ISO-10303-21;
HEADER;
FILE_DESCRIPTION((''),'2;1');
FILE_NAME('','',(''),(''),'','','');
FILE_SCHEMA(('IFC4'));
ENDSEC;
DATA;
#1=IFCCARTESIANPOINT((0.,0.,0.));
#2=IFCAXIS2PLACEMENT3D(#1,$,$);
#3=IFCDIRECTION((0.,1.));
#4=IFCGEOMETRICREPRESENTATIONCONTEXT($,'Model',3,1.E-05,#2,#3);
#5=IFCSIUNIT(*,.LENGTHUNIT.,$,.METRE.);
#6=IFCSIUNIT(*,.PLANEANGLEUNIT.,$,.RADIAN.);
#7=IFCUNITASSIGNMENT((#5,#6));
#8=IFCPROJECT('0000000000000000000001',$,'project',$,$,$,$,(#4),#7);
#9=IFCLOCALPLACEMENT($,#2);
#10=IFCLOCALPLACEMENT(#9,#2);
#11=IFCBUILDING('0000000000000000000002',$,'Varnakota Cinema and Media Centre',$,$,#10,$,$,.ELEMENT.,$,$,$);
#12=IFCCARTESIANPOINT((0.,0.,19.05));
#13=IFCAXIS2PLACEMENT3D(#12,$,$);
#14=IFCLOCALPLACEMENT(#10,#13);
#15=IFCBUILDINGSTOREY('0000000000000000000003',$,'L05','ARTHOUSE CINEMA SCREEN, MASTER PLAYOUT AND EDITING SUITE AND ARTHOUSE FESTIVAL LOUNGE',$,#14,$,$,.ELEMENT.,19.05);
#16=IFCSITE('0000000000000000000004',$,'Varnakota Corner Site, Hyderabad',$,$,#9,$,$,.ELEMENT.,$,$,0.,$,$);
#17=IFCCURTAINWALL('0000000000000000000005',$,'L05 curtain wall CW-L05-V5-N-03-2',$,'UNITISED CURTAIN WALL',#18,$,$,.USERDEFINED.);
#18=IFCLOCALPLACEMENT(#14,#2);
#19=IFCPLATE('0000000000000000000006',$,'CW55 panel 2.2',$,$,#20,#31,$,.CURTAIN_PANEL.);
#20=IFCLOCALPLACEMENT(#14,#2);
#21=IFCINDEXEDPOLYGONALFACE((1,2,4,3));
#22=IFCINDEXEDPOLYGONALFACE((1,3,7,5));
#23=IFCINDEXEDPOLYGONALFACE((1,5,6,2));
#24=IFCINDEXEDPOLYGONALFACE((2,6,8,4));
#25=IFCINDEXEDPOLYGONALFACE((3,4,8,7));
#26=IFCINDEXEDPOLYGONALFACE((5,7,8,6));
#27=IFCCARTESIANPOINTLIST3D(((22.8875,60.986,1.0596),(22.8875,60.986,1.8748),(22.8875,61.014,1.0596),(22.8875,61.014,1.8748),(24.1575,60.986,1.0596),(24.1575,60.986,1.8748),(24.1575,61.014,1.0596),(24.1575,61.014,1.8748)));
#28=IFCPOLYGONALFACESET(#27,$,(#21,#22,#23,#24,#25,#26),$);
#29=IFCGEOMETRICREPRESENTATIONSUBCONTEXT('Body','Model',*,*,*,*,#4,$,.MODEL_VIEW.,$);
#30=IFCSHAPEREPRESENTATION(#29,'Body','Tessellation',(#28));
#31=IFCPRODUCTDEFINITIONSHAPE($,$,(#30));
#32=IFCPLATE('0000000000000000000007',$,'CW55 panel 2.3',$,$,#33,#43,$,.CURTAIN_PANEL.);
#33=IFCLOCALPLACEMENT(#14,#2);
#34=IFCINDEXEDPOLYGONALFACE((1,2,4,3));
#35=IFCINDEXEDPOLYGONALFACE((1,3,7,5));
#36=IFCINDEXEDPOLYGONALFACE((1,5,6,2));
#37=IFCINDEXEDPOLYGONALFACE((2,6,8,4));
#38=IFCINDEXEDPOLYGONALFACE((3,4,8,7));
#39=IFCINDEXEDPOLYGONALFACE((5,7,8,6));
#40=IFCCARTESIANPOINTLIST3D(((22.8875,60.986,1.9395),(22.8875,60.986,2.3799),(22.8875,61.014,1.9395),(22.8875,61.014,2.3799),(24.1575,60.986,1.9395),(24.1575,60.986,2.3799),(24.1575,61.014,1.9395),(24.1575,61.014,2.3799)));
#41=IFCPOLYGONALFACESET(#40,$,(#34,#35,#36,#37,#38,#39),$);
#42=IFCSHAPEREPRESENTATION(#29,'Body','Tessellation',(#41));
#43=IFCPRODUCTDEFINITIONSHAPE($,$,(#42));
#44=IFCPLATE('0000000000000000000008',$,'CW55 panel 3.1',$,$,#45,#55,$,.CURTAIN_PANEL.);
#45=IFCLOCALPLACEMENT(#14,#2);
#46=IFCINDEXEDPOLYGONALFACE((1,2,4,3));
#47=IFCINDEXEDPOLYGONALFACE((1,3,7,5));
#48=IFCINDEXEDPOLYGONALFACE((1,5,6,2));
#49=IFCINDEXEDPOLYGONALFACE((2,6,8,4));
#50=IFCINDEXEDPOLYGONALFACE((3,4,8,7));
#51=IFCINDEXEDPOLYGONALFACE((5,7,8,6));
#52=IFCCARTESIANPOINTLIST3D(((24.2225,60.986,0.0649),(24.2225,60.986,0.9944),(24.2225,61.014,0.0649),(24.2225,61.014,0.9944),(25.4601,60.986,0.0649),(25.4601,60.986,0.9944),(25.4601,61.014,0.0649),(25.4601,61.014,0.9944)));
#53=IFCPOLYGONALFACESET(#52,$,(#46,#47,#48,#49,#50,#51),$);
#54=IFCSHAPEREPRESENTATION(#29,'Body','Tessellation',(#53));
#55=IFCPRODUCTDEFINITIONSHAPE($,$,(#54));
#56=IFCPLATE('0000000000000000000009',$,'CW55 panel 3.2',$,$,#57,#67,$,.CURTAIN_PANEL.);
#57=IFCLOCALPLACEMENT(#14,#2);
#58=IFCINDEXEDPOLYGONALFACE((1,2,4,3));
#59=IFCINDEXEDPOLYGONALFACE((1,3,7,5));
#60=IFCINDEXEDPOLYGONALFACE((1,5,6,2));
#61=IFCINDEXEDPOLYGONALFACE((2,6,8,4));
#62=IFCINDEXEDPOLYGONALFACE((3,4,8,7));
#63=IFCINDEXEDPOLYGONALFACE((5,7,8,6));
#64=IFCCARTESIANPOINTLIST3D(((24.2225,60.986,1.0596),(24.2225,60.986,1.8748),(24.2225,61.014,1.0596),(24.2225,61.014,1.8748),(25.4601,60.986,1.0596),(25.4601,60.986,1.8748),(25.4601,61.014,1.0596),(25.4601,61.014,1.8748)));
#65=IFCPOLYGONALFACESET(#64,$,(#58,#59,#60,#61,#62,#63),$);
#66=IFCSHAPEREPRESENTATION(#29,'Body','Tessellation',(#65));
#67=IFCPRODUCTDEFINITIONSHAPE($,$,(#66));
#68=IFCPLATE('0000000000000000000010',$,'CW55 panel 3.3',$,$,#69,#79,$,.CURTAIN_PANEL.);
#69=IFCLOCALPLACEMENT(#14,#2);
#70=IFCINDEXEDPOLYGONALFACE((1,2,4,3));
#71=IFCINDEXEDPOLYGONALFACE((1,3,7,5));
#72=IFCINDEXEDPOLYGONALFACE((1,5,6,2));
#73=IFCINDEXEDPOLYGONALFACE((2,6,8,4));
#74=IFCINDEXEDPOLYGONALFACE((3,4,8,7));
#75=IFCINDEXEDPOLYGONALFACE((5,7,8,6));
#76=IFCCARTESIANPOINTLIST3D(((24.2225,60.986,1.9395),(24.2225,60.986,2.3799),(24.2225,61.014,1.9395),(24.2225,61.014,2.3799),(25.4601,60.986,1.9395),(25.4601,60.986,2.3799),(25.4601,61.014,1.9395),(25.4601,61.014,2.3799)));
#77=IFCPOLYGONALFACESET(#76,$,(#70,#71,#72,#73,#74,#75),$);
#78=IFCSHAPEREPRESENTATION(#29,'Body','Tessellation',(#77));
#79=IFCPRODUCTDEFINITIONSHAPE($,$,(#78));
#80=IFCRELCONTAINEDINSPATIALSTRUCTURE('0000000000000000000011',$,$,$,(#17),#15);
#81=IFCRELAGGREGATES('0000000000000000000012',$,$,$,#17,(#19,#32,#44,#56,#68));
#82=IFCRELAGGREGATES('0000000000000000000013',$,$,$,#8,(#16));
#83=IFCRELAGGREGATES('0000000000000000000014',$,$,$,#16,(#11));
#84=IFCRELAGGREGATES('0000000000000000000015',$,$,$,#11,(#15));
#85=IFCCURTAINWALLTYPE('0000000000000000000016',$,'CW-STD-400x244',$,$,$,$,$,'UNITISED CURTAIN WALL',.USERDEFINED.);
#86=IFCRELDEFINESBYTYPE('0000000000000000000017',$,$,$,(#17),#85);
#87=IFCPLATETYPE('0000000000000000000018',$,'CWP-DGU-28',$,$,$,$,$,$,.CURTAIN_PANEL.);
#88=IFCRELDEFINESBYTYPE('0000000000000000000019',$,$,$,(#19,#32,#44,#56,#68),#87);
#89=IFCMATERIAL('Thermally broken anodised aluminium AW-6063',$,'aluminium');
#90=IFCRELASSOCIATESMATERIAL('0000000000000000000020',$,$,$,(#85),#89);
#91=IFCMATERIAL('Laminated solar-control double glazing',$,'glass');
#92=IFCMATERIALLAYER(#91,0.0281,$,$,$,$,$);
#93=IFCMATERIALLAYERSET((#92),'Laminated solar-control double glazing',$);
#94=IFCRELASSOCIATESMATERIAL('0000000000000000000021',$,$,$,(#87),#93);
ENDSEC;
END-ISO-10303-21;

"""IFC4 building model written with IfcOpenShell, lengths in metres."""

from ifc_helpers import new_model, si_unit, direction, frame, origin, origin_2d, place, context, subcontext, project, spatial, rectangle, extrude, material, layer, layer_set, type_object, element, aggregate, save


model = new_model("IFC4")

# Units and contexts
model_context = context("Model", 3, precision=1e-05, world=origin(), true_north=direction((0.0, 1.0)))
body_context = subcontext(model_context, "Body", "Model", "MODEL_VIEW")
ifc_project = project(units=[si_unit("LENGTHUNIT", "METRE"), si_unit("PLANEANGLEUNIT", "RADIAN")], contexts=[model_context])

# Site, building, storey
site_placement = place(None, origin())
site = spatial("IfcSite", under=ifc_project, at=site_placement, Name="Varnakota Corner Site, Hyderabad", CompositionType="ELEMENT", RefElevation=0.0)
building_placement = place(site_placement, origin())
building = spatial("IfcBuilding", under=site, at=building_placement, Name="Varnakota Cinema and Media Centre", CompositionType="ELEMENT")
storey_placement = place(building_placement, frame((0.0, 0.0, 19.05)))
storey = spatial("IfcBuildingStorey", under=building, at=storey_placement, Name="L05", Description="ARTHOUSE CINEMA SCREEN, MASTER PLAYOUT AND EDITING SUITE AND ARTHOUSE FESTIVAL LOUNGE", CompositionType="ELEMENT", Elevation=19.05)

# Curtain wall, plates
ifc_material_1 = material(Name="Thermally broken anodised aluminium AW-6063", Category="aluminium")
curtain_wall_type = type_object("IfcCurtainWallType", Name="CW-STD-400x244", ElementType="UNITISED CURTAIN WALL", PredefinedType="USERDEFINED", material=ifc_material_1)
curtain_wall_placement = place(storey_placement, origin())
curtain_wall = element("IfcCurtainWall", 1, at=curtain_wall_placement, inside=storey, type_object=curtain_wall_type, Name="L05 curtain wall CW-L05-V5-N-03-2", ObjectType="UNITISED CURTAIN WALL", PredefinedType="USERDEFINED")
ifc_material_2 = material(Name="Laminated solar-control double glazing", Category="glass")
ifc_layer = layer(ifc_material_2, 0.0281)
ifc_layer_set = layer_set([ifc_layer], Name="Laminated solar-control double glazing")
plate_type = type_object("IfcPlateType", Name="CWP-DGU-28", PredefinedType="CURTAIN_PANEL", material=ifc_layer_set)
plate_1_placement = place(storey_placement, frame((23.5225, 61.0, 1.0596), z_axis=(0.0, 0.0, 1.0), x_axis=(1.0, 0.0, 0.0)))
plate_1 = element("IfcPlate", 2, at=plate_1_placement, type_object=plate_type, Name="CW55 panel 2.2", PredefinedType="CURTAIN_PANEL", context=body_context, shape_type="SweptSolid", body=[
    extrude(rectangle(XDim=1.27, YDim=0.0281, at=origin_2d()), origin(), (0.0, 0.0, 1.0), 0.8152),
])
plate_2_placement = place(storey_placement, frame((23.5225, 61.0, 1.9395), z_axis=(0.0, 0.0, 1.0), x_axis=(1.0, 0.0, 0.0)))
plate_2 = element("IfcPlate", 3, at=plate_2_placement, type_object=plate_type, Name="CW55 panel 2.3", PredefinedType="CURTAIN_PANEL", context=body_context, shape_type="SweptSolid", body=[
    extrude(rectangle(XDim=1.27, YDim=0.0281, at=origin_2d()), origin(), (0.0, 0.0, 1.0), 0.4404),
])
plate_3_placement = place(storey_placement, frame((24.8413, 61.0, 0.0649), z_axis=(0.0, 0.0, 1.0), x_axis=(1.0, 0.0, 0.0)))
plate_3 = element("IfcPlate", 4, at=plate_3_placement, type_object=plate_type, Name="CW55 panel 3.1", PredefinedType="CURTAIN_PANEL", context=body_context, shape_type="SweptSolid", body=[
    extrude(rectangle(XDim=1.2375, YDim=0.0281, at=origin_2d()), origin(), (0.0, 0.0, 1.0), 0.9294),
])
plate_4_placement = place(storey_placement, frame((24.8413, 61.0, 1.0596), z_axis=(0.0, 0.0, 1.0), x_axis=(1.0, 0.0, 0.0)))
plate_4 = element("IfcPlate", 5, at=plate_4_placement, type_object=plate_type, Name="CW55 panel 3.2", PredefinedType="CURTAIN_PANEL", context=body_context, shape_type="SweptSolid", body=[
    extrude(rectangle(XDim=1.2375, YDim=0.0281, at=origin_2d()), origin(), (0.0, 0.0, 1.0), 0.8152),
])
plate_5_placement = place(storey_placement, frame((24.8413, 61.0, 1.9395), z_axis=(0.0, 0.0, 1.0), x_axis=(1.0, 0.0, 0.0)))
plate_5 = element("IfcPlate", 6, at=plate_5_placement, type_object=plate_type, Name="CW55 panel 3.3", PredefinedType="CURTAIN_PANEL", context=body_context, shape_type="SweptSolid", body=[
    extrude(rectangle(XDim=1.2375, YDim=0.0281, at=origin_2d()), origin(), (0.0, 0.0, 1.0), 0.4404),
])
aggregate(curtain_wall, [plate_1, plate_2, plate_3, plate_4, plate_5])

save(model, "model.ifc")
